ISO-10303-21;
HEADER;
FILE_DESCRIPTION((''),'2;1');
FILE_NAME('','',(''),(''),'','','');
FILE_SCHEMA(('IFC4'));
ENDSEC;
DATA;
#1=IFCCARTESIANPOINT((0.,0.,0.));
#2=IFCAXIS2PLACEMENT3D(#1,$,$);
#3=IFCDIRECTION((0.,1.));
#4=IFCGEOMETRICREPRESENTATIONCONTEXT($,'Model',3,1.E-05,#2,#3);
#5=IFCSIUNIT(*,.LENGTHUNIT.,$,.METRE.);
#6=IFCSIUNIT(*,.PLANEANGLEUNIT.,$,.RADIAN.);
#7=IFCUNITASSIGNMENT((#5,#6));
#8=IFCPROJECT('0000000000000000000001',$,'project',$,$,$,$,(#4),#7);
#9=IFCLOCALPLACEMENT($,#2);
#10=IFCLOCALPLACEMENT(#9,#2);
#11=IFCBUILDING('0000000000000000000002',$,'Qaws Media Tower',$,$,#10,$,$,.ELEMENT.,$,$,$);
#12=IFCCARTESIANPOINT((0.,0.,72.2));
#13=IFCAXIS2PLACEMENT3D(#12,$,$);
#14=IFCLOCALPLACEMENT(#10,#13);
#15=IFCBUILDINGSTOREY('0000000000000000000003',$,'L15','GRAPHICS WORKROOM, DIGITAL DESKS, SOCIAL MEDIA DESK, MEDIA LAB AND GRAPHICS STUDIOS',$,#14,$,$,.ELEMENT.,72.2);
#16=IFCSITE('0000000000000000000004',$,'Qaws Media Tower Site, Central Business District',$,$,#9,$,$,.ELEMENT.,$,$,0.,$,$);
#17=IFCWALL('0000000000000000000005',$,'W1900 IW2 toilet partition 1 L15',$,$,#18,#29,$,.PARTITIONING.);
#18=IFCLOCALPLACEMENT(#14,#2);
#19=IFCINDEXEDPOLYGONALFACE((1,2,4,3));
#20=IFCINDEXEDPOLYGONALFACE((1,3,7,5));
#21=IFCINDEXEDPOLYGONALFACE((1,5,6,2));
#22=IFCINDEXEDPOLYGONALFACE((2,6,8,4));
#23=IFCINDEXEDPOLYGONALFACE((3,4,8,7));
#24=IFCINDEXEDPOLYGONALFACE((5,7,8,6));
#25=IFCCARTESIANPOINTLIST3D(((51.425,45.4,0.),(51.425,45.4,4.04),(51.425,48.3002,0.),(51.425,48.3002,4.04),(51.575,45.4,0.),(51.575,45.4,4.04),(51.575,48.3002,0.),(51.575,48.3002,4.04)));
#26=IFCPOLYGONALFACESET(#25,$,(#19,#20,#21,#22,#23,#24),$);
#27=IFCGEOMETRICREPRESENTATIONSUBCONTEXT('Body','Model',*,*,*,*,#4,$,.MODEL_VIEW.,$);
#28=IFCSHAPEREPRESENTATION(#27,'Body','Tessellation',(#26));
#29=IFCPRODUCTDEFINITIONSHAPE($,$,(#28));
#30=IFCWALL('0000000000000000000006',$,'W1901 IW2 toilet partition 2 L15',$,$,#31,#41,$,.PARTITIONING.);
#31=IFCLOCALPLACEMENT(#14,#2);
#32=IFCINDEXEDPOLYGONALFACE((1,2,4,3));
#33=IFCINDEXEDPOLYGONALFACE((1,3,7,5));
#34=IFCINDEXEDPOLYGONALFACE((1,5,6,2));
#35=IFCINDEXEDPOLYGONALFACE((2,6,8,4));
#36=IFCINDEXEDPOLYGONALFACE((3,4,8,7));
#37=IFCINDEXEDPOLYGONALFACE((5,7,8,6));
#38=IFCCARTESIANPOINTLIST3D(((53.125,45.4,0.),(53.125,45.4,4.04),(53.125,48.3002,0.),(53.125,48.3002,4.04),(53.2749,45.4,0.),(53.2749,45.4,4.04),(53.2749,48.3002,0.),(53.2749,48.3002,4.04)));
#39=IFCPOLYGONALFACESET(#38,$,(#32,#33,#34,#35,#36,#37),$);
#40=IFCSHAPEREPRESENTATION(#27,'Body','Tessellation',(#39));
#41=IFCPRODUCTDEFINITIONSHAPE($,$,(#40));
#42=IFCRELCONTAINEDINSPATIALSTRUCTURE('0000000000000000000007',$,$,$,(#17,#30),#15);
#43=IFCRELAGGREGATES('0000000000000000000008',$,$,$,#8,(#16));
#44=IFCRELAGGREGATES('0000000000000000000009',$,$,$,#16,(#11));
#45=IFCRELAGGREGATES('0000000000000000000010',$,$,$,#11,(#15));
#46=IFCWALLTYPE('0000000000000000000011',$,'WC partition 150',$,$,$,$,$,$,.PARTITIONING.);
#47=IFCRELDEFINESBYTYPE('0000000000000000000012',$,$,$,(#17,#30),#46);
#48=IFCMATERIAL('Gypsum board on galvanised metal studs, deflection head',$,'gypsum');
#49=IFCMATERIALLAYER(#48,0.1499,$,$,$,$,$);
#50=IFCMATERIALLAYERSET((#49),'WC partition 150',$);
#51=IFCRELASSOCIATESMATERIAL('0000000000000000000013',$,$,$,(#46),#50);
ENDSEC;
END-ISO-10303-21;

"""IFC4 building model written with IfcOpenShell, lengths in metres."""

from ifc_helpers import new_model, si_unit, direction, frame, frame_2d, origin, place, context, subcontext, project, spatial, rectangle, extrude, material, layer, layer_set, type_object, element, save


model = new_model("IFC4")

# Units and contexts
model_context = context("Model", 3, precision=1e-05, world=origin(), true_north=direction((0.0, 1.0)))
body_context = subcontext(model_context, "Body", "Model", "MODEL_VIEW")
ifc_project = project(units=[si_unit("LENGTHUNIT", "METRE"), si_unit("PLANEANGLEUNIT", "RADIAN")], contexts=[model_context])

# Site, building, storey
site_placement = place(None, origin())
site = spatial("IfcSite", under=ifc_project, at=site_placement, Name="Qaws Media Tower Site, Central Business District", CompositionType="ELEMENT", RefElevation=0.0)
building_placement = place(site_placement, origin())
building = spatial("IfcBuilding", under=site, at=building_placement, Name="Qaws Media Tower", CompositionType="ELEMENT")
storey_placement = place(building_placement, frame((0.0, 0.0, 72.2)))
storey = spatial("IfcBuildingStorey", under=building, at=storey_placement, Name="L15", Description="GRAPHICS WORKROOM, DIGITAL DESKS, SOCIAL MEDIA DESK, MEDIA LAB AND GRAPHICS STUDIOS", CompositionType="ELEMENT", Elevation=72.2)

# Walls
ifc_material_1 = material(Name="Gypsum board on galvanised metal studs, deflection head", Category="gypsum")
ifc_layer_1 = layer(ifc_material_1, 0.1499)
ifc_layer_set_1 = layer_set([ifc_layer_1], Name="WC partition 150")
wall_type_1 = type_object("IfcWallType", Name="WC partition 150", PredefinedType="PARTITIONING", material=ifc_layer_set_1)
for number, where, z_axis, x_axis, name in (
    (1, (51.5, 45.3999, 0.0), (0.0, 0.0, 1.0), (0.0, 1.0, 0.0), "W1900 IW2 toilet partition 1 L15"),
    (2, (53.2, 45.3999, 0.0), (0.0, 0.0, 1.0), (0.0, 1.0, 0.0), "W1901 IW2 toilet partition 2 L15"),
):
    element("IfcWall", number, at=place(storey_placement, frame(where, z_axis=z_axis, x_axis=x_axis)), inside=storey, type_object=wall_type_1, Name=name, PredefinedType="PARTITIONING", context=body_context, shape_type="SweptSolid", body=[
        extrude(rectangle(XDim=2.9001, YDim=0.1499, at=frame_2d((1.4502, 0.0))), origin(), (0.0, 0.0, 1.0), 4.04),
    ])

save(model, "model.ifc")
